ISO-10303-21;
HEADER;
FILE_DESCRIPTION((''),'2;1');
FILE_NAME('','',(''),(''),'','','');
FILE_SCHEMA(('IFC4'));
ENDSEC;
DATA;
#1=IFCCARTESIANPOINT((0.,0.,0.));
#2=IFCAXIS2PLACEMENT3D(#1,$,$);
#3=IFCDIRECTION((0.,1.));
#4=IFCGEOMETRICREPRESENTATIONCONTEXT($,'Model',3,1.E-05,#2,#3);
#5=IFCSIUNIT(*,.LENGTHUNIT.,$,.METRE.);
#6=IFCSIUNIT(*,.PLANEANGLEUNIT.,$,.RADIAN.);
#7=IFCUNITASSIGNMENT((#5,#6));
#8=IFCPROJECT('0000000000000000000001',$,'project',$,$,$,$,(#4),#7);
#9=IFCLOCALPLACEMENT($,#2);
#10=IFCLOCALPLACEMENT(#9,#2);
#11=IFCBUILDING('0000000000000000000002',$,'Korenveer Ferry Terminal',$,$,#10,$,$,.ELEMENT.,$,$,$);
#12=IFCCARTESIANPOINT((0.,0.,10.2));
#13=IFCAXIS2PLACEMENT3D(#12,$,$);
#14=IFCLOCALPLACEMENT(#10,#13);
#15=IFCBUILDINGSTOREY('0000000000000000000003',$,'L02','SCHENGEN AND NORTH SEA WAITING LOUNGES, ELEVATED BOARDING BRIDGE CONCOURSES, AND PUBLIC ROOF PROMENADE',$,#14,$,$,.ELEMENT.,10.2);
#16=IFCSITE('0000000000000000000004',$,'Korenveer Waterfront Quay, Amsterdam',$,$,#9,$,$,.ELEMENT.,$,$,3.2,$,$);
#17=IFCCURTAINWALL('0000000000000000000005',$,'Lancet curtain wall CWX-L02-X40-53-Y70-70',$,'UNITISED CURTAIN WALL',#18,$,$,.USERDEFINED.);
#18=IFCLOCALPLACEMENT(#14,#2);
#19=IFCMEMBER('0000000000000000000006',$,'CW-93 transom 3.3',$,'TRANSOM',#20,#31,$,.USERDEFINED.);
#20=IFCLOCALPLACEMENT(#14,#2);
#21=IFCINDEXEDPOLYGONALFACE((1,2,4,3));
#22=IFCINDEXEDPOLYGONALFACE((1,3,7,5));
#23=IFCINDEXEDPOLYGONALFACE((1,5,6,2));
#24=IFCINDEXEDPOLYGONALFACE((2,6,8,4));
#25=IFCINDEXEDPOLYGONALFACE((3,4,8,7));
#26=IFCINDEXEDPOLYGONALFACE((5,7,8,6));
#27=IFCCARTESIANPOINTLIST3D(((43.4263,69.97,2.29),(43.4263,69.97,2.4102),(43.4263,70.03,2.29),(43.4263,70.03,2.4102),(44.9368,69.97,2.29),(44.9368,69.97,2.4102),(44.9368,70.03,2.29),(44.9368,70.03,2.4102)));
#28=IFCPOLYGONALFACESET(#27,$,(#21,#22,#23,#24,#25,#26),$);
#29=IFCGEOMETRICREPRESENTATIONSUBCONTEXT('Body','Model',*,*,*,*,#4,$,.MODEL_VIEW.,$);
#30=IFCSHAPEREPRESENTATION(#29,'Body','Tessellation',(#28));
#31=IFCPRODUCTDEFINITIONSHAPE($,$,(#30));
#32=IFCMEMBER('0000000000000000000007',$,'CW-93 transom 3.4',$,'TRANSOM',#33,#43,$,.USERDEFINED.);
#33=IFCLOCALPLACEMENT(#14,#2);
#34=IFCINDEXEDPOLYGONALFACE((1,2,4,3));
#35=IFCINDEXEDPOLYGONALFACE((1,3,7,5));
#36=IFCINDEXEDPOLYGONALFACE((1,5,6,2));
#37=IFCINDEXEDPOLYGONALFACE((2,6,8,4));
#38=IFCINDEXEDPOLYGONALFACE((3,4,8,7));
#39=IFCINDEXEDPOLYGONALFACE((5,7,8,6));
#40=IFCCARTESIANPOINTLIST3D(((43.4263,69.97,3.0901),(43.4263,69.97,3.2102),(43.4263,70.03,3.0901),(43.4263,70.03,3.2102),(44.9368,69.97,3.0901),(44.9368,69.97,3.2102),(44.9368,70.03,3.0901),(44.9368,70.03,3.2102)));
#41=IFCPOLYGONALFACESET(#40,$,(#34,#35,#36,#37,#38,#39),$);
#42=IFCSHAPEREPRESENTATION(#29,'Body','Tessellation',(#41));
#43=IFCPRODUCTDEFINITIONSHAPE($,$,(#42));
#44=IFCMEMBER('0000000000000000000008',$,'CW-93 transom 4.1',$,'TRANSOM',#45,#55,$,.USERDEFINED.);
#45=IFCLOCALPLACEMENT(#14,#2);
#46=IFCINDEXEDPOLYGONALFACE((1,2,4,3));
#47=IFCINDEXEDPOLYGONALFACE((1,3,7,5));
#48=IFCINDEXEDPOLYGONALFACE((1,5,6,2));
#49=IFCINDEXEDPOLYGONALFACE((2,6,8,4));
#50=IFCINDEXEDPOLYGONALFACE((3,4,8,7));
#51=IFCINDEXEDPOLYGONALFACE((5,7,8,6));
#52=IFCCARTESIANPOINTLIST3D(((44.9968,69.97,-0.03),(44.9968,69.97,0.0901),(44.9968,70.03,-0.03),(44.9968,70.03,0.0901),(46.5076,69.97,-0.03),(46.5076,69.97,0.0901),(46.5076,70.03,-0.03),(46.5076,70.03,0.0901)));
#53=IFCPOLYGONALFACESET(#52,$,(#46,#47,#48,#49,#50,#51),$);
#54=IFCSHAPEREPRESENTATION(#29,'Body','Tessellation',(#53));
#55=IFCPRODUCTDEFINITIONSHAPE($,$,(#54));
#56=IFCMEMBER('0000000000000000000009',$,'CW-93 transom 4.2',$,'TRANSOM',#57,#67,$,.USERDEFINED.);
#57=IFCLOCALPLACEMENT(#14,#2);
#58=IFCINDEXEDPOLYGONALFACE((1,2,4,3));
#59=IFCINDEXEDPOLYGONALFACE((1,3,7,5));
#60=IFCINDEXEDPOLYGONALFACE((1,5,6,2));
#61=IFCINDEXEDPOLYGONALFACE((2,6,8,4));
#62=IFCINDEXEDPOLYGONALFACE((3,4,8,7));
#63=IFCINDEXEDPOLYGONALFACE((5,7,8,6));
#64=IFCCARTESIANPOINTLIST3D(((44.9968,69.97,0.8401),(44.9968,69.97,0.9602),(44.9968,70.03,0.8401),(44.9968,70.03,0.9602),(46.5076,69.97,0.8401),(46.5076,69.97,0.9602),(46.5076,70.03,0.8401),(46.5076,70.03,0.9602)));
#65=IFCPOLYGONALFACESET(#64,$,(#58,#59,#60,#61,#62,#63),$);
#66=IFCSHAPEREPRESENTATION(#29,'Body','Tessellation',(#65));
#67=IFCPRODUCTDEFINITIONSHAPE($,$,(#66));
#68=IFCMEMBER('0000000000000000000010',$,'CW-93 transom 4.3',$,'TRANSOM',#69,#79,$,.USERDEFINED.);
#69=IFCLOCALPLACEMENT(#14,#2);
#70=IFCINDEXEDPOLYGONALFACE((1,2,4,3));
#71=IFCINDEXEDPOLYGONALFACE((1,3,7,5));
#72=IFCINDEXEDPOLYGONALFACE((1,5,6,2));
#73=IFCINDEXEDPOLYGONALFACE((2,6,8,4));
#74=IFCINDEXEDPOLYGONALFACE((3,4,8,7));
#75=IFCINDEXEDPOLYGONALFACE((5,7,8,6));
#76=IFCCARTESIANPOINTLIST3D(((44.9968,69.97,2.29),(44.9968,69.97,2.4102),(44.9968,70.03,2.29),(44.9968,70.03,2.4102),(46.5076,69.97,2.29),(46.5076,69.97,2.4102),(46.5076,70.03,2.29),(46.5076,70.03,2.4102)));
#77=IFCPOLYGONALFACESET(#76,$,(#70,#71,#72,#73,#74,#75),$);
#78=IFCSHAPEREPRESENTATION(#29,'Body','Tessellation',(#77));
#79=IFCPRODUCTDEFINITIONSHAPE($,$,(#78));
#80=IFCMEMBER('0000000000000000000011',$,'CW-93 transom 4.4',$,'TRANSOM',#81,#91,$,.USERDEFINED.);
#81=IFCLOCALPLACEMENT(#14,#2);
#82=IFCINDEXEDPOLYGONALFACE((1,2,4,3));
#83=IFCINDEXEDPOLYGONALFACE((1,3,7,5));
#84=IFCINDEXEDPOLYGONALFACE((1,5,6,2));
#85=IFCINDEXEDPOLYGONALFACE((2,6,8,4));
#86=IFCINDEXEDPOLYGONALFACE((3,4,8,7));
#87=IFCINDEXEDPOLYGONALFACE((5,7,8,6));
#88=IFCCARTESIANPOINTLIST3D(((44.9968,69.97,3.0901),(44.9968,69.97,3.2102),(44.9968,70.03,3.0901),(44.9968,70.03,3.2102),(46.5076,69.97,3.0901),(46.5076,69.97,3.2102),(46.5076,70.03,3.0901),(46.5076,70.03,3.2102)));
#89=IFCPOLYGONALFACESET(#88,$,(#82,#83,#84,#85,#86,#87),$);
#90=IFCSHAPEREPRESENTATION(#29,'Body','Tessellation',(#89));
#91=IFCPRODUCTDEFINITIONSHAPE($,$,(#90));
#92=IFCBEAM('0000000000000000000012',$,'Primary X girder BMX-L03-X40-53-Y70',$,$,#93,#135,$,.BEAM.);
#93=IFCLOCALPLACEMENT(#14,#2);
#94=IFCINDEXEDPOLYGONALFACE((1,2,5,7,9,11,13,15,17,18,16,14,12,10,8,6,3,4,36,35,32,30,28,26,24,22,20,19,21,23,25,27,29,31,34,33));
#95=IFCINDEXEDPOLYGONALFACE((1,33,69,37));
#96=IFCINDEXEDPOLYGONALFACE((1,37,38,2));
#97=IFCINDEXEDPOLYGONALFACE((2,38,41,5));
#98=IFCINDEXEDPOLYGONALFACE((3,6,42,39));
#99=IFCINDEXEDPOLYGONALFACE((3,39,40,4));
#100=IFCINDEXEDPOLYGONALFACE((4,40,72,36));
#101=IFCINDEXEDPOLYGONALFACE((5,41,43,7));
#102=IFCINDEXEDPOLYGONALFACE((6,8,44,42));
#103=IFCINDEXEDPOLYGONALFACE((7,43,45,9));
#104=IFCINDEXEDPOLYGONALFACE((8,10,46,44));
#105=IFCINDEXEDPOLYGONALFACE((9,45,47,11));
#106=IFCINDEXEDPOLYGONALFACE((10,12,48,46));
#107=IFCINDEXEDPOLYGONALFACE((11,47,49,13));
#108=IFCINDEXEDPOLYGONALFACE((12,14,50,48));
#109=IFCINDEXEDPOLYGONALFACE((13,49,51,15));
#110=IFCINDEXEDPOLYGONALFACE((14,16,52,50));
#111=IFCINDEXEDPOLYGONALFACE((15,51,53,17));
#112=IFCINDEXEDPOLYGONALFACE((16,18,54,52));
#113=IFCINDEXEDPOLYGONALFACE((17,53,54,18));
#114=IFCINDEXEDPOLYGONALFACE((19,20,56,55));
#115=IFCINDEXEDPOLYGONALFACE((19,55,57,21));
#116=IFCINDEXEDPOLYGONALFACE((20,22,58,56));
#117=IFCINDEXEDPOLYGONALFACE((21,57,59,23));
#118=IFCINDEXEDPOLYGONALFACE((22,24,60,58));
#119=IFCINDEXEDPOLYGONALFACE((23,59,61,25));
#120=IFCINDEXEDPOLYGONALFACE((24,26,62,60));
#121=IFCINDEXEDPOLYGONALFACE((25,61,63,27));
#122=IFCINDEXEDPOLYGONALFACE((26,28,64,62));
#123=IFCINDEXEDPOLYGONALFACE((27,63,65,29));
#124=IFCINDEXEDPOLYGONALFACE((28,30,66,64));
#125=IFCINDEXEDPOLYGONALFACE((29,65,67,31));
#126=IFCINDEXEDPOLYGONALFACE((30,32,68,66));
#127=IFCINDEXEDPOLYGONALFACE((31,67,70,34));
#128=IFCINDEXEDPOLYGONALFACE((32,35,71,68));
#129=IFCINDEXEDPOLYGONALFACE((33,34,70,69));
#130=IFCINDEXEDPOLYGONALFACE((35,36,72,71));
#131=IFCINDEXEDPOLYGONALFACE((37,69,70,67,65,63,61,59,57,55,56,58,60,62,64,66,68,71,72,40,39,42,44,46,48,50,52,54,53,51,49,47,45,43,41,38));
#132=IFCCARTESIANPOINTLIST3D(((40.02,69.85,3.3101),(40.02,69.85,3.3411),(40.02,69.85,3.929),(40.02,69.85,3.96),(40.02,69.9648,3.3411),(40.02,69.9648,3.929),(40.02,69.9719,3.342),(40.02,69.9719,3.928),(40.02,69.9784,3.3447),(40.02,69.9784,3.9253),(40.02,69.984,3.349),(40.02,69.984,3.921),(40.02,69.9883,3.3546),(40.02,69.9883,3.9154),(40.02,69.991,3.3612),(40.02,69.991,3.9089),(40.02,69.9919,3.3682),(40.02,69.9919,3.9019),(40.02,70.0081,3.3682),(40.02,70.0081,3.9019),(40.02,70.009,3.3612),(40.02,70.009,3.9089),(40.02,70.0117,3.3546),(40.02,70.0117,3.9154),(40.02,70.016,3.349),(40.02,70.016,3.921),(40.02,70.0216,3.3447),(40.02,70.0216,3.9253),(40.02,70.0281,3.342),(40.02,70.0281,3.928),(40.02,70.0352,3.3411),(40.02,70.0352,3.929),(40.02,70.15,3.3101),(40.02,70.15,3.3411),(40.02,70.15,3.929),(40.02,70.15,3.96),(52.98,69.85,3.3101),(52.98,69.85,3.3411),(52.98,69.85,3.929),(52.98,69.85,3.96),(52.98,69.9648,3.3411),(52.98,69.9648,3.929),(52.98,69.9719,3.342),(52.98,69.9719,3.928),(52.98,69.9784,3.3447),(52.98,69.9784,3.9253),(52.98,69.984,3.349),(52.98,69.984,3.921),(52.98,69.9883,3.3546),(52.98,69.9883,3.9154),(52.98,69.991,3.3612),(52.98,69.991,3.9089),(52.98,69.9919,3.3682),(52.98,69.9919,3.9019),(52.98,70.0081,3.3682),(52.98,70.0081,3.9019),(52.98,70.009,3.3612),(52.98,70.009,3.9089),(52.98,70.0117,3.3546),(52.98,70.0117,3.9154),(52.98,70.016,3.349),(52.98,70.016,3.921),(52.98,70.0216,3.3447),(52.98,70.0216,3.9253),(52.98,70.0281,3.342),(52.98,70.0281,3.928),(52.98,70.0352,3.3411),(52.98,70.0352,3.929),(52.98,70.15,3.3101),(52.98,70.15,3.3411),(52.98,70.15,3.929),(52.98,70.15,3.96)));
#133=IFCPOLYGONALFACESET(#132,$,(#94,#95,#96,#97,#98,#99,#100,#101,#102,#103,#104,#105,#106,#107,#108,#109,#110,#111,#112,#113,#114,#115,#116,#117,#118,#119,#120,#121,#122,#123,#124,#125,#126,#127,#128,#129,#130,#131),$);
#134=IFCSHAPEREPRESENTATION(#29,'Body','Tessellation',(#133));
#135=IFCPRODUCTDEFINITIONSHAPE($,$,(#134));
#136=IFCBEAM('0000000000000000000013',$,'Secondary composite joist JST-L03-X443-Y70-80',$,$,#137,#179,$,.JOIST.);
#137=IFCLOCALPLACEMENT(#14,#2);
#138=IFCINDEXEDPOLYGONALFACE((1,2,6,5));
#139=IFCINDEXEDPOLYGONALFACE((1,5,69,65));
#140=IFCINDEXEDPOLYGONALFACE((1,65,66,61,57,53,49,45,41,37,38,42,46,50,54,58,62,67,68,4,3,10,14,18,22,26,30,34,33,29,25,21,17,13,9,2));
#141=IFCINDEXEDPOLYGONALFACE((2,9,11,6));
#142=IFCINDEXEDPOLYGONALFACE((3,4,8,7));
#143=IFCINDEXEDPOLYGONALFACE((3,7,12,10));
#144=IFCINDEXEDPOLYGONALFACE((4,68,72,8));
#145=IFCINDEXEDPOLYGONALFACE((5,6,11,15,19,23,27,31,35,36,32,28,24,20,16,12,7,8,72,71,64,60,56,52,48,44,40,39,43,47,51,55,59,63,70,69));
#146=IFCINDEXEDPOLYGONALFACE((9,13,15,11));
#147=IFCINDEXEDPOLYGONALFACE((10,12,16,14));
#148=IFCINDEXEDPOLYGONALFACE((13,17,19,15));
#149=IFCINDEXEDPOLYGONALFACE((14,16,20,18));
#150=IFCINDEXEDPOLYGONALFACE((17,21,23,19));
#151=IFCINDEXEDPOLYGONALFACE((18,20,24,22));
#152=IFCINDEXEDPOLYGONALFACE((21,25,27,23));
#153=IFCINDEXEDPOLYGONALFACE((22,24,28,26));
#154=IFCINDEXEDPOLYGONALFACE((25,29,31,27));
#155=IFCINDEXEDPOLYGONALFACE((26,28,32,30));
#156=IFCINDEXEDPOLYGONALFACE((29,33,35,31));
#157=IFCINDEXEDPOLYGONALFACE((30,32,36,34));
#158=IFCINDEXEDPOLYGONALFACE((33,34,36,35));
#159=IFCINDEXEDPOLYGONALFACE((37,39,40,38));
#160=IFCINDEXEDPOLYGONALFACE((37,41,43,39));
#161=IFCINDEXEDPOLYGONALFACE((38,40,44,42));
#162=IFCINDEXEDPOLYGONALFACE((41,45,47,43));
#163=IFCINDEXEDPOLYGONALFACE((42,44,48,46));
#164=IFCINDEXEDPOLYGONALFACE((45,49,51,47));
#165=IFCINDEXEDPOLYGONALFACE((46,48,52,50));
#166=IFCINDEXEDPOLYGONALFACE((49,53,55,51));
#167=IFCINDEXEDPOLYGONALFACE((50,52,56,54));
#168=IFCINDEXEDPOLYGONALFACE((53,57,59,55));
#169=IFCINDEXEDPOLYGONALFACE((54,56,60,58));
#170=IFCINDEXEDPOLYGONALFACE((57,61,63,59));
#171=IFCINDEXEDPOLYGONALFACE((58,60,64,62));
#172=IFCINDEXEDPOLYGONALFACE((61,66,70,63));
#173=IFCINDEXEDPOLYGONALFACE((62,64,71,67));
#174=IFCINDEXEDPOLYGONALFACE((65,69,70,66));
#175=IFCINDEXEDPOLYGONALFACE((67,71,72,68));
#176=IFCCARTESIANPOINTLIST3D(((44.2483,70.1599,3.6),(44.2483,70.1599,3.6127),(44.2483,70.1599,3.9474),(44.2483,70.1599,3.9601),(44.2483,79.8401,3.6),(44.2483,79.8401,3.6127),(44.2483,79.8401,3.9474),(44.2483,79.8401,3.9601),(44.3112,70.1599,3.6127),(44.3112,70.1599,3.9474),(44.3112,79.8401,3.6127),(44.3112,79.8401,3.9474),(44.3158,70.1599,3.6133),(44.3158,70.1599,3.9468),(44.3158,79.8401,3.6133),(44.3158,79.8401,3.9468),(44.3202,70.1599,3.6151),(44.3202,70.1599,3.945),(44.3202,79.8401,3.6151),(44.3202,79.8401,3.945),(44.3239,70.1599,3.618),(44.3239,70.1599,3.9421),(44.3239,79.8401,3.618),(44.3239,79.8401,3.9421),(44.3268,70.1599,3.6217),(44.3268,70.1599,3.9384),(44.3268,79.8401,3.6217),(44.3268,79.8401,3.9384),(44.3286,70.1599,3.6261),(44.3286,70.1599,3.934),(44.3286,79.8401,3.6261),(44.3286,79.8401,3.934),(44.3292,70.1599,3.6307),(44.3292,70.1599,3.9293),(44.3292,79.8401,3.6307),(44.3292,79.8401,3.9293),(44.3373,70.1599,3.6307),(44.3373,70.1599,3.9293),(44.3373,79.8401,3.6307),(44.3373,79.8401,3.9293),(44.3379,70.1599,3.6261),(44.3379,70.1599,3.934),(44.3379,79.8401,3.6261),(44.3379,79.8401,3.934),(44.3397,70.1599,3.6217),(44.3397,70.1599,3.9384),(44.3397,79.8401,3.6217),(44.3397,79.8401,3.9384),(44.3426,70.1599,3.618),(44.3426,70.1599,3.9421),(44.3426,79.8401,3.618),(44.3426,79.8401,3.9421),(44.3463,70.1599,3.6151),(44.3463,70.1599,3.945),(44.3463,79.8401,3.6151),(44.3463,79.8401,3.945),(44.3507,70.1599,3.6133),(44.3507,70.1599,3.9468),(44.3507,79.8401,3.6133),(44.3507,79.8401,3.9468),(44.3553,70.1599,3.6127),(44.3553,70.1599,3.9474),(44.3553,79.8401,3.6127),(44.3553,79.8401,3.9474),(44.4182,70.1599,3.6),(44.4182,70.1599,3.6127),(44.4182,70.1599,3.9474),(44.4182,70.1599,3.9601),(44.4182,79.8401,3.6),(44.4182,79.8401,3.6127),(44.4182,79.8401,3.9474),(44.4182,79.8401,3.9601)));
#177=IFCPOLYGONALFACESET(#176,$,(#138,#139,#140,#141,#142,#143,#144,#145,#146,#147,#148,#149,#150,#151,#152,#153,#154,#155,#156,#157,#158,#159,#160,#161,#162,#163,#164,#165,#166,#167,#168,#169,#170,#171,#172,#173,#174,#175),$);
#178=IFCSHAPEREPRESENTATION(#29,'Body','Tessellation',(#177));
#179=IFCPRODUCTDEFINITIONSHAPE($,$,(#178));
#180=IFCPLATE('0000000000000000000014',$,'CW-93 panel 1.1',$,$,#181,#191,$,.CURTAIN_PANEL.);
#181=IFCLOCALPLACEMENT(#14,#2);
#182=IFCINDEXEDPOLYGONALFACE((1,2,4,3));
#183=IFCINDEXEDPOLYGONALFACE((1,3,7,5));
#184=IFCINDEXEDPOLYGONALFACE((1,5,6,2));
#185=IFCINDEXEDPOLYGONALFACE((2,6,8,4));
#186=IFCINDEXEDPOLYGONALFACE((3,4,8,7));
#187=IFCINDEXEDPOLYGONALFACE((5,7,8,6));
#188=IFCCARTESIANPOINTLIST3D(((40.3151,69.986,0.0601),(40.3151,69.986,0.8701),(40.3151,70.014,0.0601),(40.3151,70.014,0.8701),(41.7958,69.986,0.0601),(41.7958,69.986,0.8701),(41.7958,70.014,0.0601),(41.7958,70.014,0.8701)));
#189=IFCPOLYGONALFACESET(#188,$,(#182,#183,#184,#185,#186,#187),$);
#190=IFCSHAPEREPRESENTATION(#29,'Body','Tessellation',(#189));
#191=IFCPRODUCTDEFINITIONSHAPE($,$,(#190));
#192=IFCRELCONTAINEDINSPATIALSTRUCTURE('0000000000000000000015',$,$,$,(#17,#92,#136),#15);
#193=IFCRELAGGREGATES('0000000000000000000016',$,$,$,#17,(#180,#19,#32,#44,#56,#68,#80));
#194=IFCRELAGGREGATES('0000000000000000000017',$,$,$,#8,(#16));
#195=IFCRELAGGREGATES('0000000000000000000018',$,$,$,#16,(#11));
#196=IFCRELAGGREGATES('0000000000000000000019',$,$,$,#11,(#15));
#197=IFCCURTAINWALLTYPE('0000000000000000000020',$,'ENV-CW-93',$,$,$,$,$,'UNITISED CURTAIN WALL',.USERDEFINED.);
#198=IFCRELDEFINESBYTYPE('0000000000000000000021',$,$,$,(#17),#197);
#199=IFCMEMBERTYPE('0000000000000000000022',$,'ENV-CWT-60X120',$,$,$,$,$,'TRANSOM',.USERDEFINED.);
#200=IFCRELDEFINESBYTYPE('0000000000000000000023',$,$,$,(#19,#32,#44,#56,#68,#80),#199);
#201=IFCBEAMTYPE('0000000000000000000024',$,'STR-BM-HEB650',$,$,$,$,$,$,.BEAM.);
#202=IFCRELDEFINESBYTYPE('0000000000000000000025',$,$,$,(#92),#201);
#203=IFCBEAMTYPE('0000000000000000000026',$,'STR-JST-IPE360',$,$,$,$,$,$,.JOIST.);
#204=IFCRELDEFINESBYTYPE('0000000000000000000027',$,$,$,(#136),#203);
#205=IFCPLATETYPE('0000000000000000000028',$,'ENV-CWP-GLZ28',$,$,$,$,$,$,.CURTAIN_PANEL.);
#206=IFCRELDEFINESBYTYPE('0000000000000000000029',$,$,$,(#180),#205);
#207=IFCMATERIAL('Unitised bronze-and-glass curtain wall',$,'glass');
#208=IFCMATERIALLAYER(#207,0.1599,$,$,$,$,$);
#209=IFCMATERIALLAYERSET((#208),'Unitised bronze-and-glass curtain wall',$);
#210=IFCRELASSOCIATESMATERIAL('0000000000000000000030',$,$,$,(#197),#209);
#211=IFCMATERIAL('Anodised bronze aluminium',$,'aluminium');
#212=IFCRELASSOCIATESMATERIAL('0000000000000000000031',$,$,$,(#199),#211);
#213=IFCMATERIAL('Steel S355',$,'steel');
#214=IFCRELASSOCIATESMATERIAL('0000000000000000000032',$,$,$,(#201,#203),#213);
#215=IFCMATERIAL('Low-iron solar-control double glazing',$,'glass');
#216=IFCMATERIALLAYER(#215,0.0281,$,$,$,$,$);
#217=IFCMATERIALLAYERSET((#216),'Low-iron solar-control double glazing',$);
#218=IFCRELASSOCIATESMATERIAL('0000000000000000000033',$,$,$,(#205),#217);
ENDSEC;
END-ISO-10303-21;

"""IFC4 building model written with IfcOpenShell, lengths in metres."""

from ifc_helpers import new_model, si_unit, direction, frame, origin, origin_2d, place, context, subcontext, project, spatial, rectangle, i_section, extrude, material, layer, layer_set, material_profile, profile_set, type_object, element, aggregate, save


model = new_model("IFC4")

# Units and contexts
model_context = context("Model", 3, precision=1e-05, world=origin(), true_north=direction((0.0, 1.0)))
body_context = subcontext(model_context, "Body", "Model", "MODEL_VIEW")
ifc_project = project(units=[si_unit("LENGTHUNIT", "METRE"), si_unit("PLANEANGLEUNIT", "RADIAN")], contexts=[model_context])

# Site, building, storey
site_placement = place(None, origin())
site = spatial("IfcSite", under=ifc_project, at=site_placement, Name="Korenveer Waterfront Quay, Amsterdam", CompositionType="ELEMENT", RefElevation=3.2)
building_placement = place(site_placement, origin())
building = spatial("IfcBuilding", under=site, at=building_placement, Name="Korenveer Ferry Terminal", CompositionType="ELEMENT")
storey_placement = place(building_placement, frame((0.0, 0.0, 10.2)))
storey = spatial("IfcBuildingStorey", under=building, at=storey_placement, Name="L02", Description="SCHENGEN AND NORTH SEA WAITING LOUNGES, ELEVATED BOARDING BRIDGE CONCOURSES, AND PUBLIC ROOF PROMENADE", CompositionType="ELEMENT", Elevation=10.2)

# Curtain wall, members
ifc_material_1 = material(Name="Unitised bronze-and-glass curtain wall", Category="glass")
ifc_layer_1 = layer(ifc_material_1, 0.1599)
ifc_layer_set_1 = layer_set([ifc_layer_1], Name="Unitised bronze-and-glass curtain wall")
curtain_wall_type = type_object("IfcCurtainWallType", Name="ENV-CW-93", ElementType="UNITISED CURTAIN WALL", PredefinedType="USERDEFINED", material=ifc_layer_set_1)
curtain_wall_placement = place(storey_placement, frame((40.2549, 70.0, 0.0)))
curtain_wall = element("IfcCurtainWall", 1, at=curtain_wall_placement, inside=storey, type_object=curtain_wall_type, Name="Lancet curtain wall CWX-L02-X40-53-Y70-70", ObjectType="UNITISED CURTAIN WALL", PredefinedType="USERDEFINED")
ifc_material_2 = material(Name="Anodised bronze aluminium", Category="aluminium")
ifc_material_profile_1 = material_profile(ifc_material_2, rectangle(XDim=0.0601, YDim=0.1201, at=origin_2d()), Name="ALU 60x120")
ifc_profile_set_1 = profile_set([ifc_material_profile_1], Name="Anodised bronze aluminium")
member_type_1 = type_object("IfcMemberType", Name="ENV-CWT-60X120", ElementType="TRANSOM", PredefinedType="USERDEFINED", material=ifc_profile_set_1)
member_1_placement = place(storey_placement, frame((43.4263, 70.0, 2.3501), z_axis=(1.0, 0.0, 0.0), x_axis=(0.0, 1.0, 0.0)))
member_1 = element("IfcMember", 2, at=member_1_placement, type_object=member_type_1, Name="CW-93 transom 3.3", ObjectType="TRANSOM", PredefinedType="USERDEFINED", context=body_context, shape_type="SweptSolid", body=[
    extrude(rectangle(XDim=0.0601, YDim=0.1201, at=origin_2d()), origin(), (0.0, 0.0, 1.0), 1.5105),
])
member_2_placement = place(storey_placement, frame((43.4263, 70.0, 3.1501), z_axis=(1.0, 0.0, 0.0), x_axis=(0.0, 1.0, 0.0)))
member_2 = element("IfcMember", 3, at=member_2_placement, type_object=member_type_1, Name="CW-93 transom 3.4", ObjectType="TRANSOM", PredefinedType="USERDEFINED", context=body_context, shape_type="SweptSolid", body=[
    extrude(rectangle(XDim=0.0601, YDim=0.1201, at=origin_2d()), origin(), (0.0, 0.0, 1.0), 1.5105),
])
member_3_placement = place(storey_placement, frame((44.9968, 70.0, 0.03), z_axis=(1.0, 0.0, 0.0), x_axis=(0.0, 1.0, 0.0)))
member_3 = element("IfcMember", 4, at=member_3_placement, type_object=member_type_1, Name="CW-93 transom 4.1", ObjectType="TRANSOM", PredefinedType="USERDEFINED", context=body_context, shape_type="SweptSolid", body=[
    extrude(rectangle(XDim=0.0601, YDim=0.1201, at=origin_2d()), origin(), (0.0, 0.0, 1.0), 1.5107),
])
member_4_placement = place(storey_placement, frame((44.9968, 70.0, 0.9001), z_axis=(1.0, 0.0, 0.0), x_axis=(0.0, 1.0, 0.0)))
member_4 = element("IfcMember", 5, at=member_4_placement, type_object=member_type_1, Name="CW-93 transom 4.2", ObjectType="TRANSOM", PredefinedType="USERDEFINED", context=body_context, shape_type="SweptSolid", body=[
    extrude(rectangle(XDim=0.0601, YDim=0.1201, at=origin_2d()), origin(), (0.0, 0.0, 1.0), 1.5107),
])
member_5_placement = place(storey_placement, frame((44.9968, 70.0, 2.3501), z_axis=(1.0, 0.0, 0.0), x_axis=(0.0, 1.0, 0.0)))
member_5 = element("IfcMember", 6, at=member_5_placement, type_object=member_type_1, Name="CW-93 transom 4.3", ObjectType="TRANSOM", PredefinedType="USERDEFINED", context=body_context, shape_type="SweptSolid", body=[
    extrude(rectangle(XDim=0.0601, YDim=0.1201, at=origin_2d()), origin(), (0.0, 0.0, 1.0), 1.5107),
])
member_6_placement = place(storey_placement, frame((44.9968, 70.0, 3.1501), z_axis=(1.0, 0.0, 0.0), x_axis=(0.0, 1.0, 0.0)))
member_6 = element("IfcMember", 7, at=member_6_placement, type_object=member_type_1, Name="CW-93 transom 4.4", ObjectType="TRANSOM", PredefinedType="USERDEFINED", context=body_context, shape_type="SweptSolid", body=[
    extrude(rectangle(XDim=0.0601, YDim=0.1201, at=origin_2d()), origin(), (0.0, 0.0, 1.0), 1.5107),
])

# Beams
ifc_material_3 = material(Name="Steel S355", Category="steel")
ifc_material_profile_2 = material_profile(ifc_material_3, i_section(OverallWidth=0.3, OverallDepth=0.6499, WebThickness=0.0161, FlangeThickness=0.031, FilletRadius=0.0271, at=origin_2d()), Name="HEB 650")
ifc_profile_set_2 = profile_set([ifc_material_profile_2], Name="Steel S355")
beam_type_1 = type_object("IfcBeamType", Name="STR-BM-HEB650", PredefinedType="BEAM", material=ifc_profile_set_2)
beam_1_placement = place(storey_placement, frame((40.02, 70.0, 3.635), z_axis=(1.0, 0.0, 0.0), x_axis=(0.0, 1.0, 0.0)))
element("IfcBeam", 8, at=beam_1_placement, inside=storey, type_object=beam_type_1, Name="Primary X girder BMX-L03-X40-53-Y70", PredefinedType="BEAM", context=body_context, shape_type="SweptSolid", body=[
    extrude(i_section(OverallWidth=0.3, OverallDepth=0.6499, WebThickness=0.0161, FlangeThickness=0.031, FilletRadius=0.0271, at=origin_2d()), origin(), (0.0, 0.0, 1.0), 12.96),
])
ifc_material_profile_3 = material_profile(ifc_material_3, i_section(OverallWidth=0.1699, OverallDepth=0.3601, WebThickness=0.0081, FlangeThickness=0.0127, FilletRadius=0.0181, at=origin_2d()), Name="IPE 360")
ifc_profile_set_3 = profile_set([ifc_material_profile_3], Name="Steel S355")
beam_type_2 = type_object("IfcBeamType", Name="STR-JST-IPE360", PredefinedType="JOIST", material=ifc_profile_set_3)
beam_2_placement = place(storey_placement, frame((44.3333, 70.1599, 3.78), z_axis=(0.0, 1.0, 0.0), x_axis=(-1.0, 0.0, 0.0)))
element("IfcBeam", 9, at=beam_2_placement, inside=storey, type_object=beam_type_2, Name="Secondary composite joist JST-L03-X443-Y70-80", PredefinedType="JOIST", context=body_context, shape_type="SweptSolid", body=[
    extrude(i_section(OverallWidth=0.1699, OverallDepth=0.3601, WebThickness=0.0081, FlangeThickness=0.0127, FilletRadius=0.0181, at=origin_2d()), origin(), (0.0, 0.0, 1.0), 9.6802),
])

# Plate
ifc_material_4 = material(Name="Low-iron solar-control double glazing", Category="glass")
ifc_layer_2 = layer(ifc_material_4, 0.0281)
ifc_layer_set_2 = layer_set([ifc_layer_2], Name="Low-iron solar-control double glazing")
plate_type = type_object("IfcPlateType", Name="ENV-CWP-GLZ28", PredefinedType="CURTAIN_PANEL", material=ifc_layer_set_2)
plate_1_placement = place(storey_placement, frame((41.0554, 70.0, 0.0601), z_axis=(0.0, 0.0, 1.0), x_axis=(1.0, 0.0, 0.0)))
plate_1 = element("IfcPlate", 10, at=plate_1_placement, type_object=plate_type, Name="CW-93 panel 1.1", PredefinedType="CURTAIN_PANEL", context=body_context, shape_type="SweptSolid", body=[
    extrude(rectangle(XDim=1.4807, YDim=0.0281, at=origin_2d()), origin(), (0.0, 0.0, 1.0), 0.8101),
])
aggregate(curtain_wall, [plate_1, member_1, member_2, member_3, member_4, member_5, member_6])

save(model, "model.ifc")
